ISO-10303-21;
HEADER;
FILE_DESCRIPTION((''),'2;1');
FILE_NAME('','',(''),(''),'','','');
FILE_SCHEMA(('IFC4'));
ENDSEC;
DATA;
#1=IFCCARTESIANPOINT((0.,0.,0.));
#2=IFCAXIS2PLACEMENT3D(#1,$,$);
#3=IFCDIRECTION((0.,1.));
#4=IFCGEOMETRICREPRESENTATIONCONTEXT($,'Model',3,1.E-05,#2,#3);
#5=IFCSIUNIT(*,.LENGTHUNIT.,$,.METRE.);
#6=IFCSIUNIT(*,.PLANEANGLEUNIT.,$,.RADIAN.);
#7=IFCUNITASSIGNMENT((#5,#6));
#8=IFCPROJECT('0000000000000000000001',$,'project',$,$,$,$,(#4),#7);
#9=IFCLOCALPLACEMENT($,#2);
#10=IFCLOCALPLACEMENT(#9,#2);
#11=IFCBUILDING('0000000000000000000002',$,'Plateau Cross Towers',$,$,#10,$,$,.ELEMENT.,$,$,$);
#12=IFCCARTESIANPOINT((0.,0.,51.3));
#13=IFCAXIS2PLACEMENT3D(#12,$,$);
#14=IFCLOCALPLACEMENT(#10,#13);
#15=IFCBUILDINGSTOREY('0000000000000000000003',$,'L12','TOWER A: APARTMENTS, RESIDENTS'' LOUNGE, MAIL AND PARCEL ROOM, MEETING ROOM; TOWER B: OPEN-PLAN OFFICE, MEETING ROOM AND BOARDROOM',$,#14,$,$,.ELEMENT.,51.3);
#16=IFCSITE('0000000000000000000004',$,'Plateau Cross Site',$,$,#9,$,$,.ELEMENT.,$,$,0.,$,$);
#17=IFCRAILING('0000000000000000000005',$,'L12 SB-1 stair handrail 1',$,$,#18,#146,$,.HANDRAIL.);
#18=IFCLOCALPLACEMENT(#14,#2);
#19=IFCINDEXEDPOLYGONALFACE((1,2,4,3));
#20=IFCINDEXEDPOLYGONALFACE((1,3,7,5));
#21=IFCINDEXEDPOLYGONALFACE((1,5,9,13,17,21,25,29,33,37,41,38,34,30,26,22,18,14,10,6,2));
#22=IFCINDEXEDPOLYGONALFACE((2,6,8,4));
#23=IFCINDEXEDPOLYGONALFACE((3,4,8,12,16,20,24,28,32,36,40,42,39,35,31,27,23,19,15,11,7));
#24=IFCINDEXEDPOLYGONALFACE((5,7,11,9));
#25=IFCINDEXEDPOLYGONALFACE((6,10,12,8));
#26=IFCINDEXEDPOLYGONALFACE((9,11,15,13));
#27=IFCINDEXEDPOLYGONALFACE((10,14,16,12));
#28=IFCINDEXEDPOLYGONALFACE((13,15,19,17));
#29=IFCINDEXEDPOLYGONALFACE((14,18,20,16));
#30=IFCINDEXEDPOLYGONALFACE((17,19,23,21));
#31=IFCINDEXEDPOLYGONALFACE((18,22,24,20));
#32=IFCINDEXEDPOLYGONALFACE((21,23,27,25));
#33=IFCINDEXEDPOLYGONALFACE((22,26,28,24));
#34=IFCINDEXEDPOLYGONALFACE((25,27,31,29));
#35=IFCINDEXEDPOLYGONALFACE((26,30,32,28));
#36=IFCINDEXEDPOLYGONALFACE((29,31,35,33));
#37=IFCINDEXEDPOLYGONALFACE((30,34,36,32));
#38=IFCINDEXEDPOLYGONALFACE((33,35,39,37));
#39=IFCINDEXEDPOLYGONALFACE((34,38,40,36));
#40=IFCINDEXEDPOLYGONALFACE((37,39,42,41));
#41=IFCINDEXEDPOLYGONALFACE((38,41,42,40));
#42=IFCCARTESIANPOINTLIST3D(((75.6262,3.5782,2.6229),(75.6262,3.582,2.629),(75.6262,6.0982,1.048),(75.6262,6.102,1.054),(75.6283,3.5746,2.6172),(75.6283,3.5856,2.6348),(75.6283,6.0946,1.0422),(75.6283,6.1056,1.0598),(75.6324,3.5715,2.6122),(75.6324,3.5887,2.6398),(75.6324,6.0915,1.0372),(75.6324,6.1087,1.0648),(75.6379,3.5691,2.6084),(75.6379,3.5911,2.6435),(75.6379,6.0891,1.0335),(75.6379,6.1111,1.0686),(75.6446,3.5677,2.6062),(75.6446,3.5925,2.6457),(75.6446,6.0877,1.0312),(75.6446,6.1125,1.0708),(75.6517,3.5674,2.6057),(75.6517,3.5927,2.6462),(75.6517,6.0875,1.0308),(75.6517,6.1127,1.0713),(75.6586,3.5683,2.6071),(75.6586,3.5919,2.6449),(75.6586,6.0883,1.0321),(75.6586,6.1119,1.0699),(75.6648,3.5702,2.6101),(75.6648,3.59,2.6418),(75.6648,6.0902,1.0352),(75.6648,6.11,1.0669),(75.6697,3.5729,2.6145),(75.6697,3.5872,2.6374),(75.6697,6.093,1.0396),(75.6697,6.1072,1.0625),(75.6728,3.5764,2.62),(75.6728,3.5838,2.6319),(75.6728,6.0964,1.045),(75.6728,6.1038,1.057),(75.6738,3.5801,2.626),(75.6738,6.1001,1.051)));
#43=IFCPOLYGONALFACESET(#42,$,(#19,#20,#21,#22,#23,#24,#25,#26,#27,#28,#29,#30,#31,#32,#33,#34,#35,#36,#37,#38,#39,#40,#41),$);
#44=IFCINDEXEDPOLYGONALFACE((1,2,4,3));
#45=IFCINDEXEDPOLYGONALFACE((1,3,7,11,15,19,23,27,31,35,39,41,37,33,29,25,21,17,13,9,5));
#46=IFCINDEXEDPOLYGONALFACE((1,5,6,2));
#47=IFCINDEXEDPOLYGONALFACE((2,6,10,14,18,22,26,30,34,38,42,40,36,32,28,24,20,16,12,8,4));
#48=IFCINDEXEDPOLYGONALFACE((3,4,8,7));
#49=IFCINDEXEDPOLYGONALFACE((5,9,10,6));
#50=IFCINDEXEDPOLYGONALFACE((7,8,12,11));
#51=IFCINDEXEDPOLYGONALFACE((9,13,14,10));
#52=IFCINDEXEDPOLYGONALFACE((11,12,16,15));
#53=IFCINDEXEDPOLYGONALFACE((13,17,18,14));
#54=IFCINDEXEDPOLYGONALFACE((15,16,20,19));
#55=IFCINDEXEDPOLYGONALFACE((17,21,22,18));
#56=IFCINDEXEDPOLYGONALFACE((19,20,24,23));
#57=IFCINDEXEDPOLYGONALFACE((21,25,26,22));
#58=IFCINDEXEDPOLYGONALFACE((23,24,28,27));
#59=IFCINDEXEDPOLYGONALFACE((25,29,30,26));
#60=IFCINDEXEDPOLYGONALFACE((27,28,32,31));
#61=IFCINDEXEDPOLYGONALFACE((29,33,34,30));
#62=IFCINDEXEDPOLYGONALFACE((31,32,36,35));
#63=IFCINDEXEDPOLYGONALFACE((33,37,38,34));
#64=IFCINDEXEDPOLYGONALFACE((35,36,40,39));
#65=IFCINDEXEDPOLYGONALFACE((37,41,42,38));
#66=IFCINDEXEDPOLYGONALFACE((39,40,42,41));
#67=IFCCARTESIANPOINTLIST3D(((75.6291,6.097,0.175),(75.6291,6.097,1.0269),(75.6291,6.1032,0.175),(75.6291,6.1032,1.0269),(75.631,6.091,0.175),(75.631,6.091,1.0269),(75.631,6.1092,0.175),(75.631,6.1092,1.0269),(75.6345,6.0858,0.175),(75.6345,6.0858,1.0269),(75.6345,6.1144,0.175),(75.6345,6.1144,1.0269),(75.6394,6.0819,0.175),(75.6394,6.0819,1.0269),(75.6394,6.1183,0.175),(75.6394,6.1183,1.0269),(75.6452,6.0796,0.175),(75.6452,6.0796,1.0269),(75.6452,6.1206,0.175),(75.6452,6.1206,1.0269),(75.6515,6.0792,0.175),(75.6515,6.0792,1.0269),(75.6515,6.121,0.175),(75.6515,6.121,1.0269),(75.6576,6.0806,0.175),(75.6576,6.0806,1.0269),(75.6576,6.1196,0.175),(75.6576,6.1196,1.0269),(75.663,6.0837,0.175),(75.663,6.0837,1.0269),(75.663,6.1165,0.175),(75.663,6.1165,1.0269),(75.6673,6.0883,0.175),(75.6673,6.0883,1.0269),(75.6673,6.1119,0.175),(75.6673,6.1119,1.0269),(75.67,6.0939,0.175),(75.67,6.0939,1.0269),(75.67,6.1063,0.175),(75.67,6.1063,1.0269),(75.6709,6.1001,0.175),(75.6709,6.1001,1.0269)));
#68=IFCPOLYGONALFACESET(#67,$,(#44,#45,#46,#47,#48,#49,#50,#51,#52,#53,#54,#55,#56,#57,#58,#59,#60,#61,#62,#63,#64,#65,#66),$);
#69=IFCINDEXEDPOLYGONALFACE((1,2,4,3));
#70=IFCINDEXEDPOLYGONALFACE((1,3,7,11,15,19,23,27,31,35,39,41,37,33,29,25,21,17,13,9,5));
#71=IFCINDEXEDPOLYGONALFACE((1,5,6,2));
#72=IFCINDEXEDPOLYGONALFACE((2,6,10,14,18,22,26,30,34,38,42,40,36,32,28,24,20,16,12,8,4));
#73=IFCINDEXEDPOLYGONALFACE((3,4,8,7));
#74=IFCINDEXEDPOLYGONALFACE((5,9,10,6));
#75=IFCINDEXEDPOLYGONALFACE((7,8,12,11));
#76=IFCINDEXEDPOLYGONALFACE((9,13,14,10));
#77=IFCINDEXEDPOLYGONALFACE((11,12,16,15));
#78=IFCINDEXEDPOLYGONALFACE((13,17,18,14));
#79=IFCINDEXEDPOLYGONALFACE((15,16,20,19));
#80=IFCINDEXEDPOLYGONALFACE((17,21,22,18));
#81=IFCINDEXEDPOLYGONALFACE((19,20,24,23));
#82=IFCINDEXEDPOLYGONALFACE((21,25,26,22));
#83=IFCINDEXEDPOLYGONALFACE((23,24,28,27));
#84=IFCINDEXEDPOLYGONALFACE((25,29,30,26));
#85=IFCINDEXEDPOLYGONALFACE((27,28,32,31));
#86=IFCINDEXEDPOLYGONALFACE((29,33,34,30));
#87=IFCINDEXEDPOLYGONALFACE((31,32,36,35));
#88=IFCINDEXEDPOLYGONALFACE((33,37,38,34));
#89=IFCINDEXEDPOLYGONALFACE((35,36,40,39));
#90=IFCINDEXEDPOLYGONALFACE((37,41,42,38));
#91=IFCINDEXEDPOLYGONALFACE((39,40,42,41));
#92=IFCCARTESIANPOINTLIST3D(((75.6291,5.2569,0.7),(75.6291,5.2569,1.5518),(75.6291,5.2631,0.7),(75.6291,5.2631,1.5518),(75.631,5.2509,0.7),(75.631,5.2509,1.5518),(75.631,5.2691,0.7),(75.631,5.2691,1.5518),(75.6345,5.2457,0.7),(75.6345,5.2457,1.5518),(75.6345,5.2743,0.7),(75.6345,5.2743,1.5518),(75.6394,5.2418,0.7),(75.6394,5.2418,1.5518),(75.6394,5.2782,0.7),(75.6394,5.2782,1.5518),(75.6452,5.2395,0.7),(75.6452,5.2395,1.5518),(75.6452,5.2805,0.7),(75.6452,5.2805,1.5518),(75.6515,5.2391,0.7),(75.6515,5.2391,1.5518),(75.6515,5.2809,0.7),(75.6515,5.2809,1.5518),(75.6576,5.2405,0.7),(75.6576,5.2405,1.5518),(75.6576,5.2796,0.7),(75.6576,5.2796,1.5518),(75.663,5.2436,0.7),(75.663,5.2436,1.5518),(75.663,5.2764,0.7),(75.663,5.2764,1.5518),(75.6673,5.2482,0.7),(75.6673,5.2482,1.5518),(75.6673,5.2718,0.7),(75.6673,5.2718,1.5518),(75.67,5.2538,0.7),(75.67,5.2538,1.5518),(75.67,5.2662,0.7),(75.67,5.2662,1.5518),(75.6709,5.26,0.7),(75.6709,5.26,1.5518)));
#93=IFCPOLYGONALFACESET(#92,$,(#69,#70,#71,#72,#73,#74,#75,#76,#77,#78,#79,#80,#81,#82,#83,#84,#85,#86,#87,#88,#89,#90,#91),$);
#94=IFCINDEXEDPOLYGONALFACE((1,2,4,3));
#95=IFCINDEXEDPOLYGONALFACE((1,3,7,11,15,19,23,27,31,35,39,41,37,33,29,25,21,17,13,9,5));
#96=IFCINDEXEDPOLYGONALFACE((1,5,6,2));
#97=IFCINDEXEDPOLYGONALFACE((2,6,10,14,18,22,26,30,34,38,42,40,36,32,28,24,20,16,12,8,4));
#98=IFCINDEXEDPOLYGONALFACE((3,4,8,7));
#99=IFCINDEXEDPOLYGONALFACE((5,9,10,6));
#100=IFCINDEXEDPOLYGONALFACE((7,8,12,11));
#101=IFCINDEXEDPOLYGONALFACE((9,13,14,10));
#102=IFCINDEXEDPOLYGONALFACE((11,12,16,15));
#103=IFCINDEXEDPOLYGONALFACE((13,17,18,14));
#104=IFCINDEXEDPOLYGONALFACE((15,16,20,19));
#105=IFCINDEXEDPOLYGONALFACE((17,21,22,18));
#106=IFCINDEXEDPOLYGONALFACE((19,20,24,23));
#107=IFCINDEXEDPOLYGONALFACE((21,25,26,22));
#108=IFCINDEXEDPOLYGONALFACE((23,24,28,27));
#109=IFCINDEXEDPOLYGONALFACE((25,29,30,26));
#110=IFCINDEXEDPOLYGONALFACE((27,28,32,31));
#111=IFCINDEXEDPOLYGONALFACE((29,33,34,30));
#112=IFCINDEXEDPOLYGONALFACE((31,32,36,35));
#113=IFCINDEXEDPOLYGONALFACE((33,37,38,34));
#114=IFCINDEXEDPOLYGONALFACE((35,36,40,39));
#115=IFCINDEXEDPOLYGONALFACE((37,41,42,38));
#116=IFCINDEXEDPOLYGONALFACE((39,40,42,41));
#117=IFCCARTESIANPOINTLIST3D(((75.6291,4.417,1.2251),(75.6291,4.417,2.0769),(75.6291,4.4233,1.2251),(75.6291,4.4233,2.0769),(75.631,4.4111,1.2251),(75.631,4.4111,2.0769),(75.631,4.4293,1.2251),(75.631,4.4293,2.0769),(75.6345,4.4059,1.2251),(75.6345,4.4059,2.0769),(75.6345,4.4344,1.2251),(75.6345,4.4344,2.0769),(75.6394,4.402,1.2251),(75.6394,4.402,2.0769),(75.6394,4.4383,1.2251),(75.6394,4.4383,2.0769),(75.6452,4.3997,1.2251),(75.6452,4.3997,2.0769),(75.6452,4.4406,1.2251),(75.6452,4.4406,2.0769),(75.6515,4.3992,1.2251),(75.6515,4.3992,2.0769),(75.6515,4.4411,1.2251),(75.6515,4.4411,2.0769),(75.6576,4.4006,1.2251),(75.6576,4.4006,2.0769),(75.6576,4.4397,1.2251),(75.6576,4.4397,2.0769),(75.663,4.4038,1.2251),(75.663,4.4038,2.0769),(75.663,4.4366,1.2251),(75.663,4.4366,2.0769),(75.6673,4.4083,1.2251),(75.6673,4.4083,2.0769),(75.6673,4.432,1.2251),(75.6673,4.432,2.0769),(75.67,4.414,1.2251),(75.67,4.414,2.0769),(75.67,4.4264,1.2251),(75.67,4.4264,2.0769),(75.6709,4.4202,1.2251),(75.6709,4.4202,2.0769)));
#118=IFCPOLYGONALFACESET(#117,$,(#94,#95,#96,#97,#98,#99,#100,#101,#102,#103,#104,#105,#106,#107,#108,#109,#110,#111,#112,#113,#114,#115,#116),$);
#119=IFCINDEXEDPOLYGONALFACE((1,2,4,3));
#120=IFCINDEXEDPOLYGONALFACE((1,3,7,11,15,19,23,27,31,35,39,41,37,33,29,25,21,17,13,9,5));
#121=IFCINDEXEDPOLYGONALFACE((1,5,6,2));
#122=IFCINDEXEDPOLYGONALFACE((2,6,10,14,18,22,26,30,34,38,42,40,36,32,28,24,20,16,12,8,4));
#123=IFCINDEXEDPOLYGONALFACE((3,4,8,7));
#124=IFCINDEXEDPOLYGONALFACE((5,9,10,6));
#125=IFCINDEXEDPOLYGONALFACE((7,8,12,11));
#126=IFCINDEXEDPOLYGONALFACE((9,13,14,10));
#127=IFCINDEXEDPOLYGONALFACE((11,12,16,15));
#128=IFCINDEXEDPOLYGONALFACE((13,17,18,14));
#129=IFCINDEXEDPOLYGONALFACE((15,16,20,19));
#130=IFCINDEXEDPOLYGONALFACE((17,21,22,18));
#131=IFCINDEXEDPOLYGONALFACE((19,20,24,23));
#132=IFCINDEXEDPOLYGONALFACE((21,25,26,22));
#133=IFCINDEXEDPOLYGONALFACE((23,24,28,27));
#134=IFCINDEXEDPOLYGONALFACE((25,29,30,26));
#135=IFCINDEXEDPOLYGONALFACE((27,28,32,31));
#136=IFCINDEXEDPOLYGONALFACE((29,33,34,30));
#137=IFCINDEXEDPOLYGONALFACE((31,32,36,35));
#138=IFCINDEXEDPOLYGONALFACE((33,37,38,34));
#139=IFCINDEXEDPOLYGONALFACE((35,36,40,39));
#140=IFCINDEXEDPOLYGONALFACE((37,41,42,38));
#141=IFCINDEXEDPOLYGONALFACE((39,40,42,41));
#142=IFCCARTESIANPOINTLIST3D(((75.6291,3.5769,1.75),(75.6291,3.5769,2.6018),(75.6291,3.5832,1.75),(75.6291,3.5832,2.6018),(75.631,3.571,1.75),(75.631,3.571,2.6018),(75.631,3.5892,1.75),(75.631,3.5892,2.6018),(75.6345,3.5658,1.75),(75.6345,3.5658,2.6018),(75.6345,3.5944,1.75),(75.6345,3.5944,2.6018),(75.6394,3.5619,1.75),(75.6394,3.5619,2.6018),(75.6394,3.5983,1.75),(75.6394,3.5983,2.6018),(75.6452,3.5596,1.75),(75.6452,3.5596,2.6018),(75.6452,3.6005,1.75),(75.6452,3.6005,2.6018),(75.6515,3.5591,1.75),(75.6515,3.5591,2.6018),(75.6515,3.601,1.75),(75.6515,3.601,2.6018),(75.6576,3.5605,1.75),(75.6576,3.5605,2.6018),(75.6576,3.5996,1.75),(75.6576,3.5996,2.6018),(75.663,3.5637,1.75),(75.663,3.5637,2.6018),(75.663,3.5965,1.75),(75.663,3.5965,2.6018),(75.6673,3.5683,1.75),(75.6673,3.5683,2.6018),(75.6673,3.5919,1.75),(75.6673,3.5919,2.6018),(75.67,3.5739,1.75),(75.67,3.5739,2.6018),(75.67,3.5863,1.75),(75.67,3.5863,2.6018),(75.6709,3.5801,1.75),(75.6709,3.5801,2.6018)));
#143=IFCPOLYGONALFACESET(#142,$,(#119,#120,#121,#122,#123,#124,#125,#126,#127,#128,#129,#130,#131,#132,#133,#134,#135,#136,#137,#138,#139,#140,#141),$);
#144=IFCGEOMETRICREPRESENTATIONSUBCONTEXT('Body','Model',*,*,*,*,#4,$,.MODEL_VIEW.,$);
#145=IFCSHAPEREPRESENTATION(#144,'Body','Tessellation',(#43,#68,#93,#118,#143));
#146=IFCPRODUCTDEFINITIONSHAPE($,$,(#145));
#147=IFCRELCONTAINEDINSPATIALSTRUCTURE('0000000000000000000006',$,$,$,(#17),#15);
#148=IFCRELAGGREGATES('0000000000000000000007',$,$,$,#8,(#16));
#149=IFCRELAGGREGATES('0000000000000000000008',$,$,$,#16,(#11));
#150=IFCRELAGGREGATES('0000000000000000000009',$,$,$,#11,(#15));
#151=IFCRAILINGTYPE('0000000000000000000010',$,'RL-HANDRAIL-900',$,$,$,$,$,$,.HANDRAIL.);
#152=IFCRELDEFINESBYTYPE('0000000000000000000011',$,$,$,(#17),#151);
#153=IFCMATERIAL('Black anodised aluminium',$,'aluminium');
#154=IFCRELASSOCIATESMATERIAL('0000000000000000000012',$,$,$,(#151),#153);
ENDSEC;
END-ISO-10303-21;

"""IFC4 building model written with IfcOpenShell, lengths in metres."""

from ifc_helpers import new_model, si_unit, direction, frame, origin, origin_2d, place, context, subcontext, project, spatial, circle, extrude, material, type_object, element, save


model = new_model("IFC4")

# Units and contexts
model_context = context("Model", 3, precision=1e-05, world=origin(), true_north=direction((0.0, 1.0)))
body_context = subcontext(model_context, "Body", "Model", "MODEL_VIEW")
ifc_project = project(units=[si_unit("LENGTHUNIT", "METRE"), si_unit("PLANEANGLEUNIT", "RADIAN")], contexts=[model_context])

# Site, building, storey
site_placement = place(None, origin())
site = spatial("IfcSite", under=ifc_project, at=site_placement, Name="Plateau Cross Site", CompositionType="ELEMENT", RefElevation=0.0)
building_placement = place(site_placement, origin())
building = spatial("IfcBuilding", under=site, at=building_placement, Name="Plateau Cross Towers", CompositionType="ELEMENT")
storey_placement = place(building_placement, frame((0.0, 0.0, 51.3)))
storey = spatial("IfcBuildingStorey", under=building, at=storey_placement, Name="L12", Description="TOWER A: APARTMENTS, RESIDENTS' LOUNGE, MAIL AND PARCEL ROOM, MEETING ROOM; TOWER B: OPEN-PLAN OFFICE, MEETING ROOM AND BOARDROOM", CompositionType="ELEMENT", Elevation=51.3)

# Railing
ifc_material_1 = material(Name="Black anodised aluminium", Category="aluminium")
railing_type_1 = type_object("IfcRailingType", Name="RL-HANDRAIL-900", PredefinedType="HANDRAIL", material=ifc_material_1)
railing_1_placement = place(storey_placement, frame((75.6499, 6.1001, 0.175)))
element("IfcRailing", 1, at=railing_1_placement, inside=storey, type_object=railing_type_1, Name="L12 SB-1 stair handrail 1", PredefinedType="HANDRAIL", context=body_context, shape_type="SweptSolid", body=[
    extrude(circle(Radius=0.0239, at=origin_2d()), frame((0.0, 0.0, 0.876), z_axis=(0.0, -0.848008, 0.529984), x_axis=(1.0, 0.0, 0.0)), (0.0, 0.0, 1.0), 2.9717),
    extrude(circle(Radius=0.021, at=origin_2d()), origin(), (0.0, 0.0, 1.0), 0.8518),
    extrude(circle(Radius=0.021, at=origin_2d()), frame((0.0, -0.8401, 0.5249)), (0.0, 0.0, 1.0), 0.8518),
    extrude(circle(Radius=0.021, at=origin_2d()), frame((0.0, -1.6799, 1.05)), (0.0, 0.0, 1.0), 0.8518),
    extrude(circle(Radius=0.021, at=origin_2d()), frame((0.0, -2.52, 1.575)), (0.0, 0.0, 1.0), 0.8518),
])

save(model, "model.ifc")
